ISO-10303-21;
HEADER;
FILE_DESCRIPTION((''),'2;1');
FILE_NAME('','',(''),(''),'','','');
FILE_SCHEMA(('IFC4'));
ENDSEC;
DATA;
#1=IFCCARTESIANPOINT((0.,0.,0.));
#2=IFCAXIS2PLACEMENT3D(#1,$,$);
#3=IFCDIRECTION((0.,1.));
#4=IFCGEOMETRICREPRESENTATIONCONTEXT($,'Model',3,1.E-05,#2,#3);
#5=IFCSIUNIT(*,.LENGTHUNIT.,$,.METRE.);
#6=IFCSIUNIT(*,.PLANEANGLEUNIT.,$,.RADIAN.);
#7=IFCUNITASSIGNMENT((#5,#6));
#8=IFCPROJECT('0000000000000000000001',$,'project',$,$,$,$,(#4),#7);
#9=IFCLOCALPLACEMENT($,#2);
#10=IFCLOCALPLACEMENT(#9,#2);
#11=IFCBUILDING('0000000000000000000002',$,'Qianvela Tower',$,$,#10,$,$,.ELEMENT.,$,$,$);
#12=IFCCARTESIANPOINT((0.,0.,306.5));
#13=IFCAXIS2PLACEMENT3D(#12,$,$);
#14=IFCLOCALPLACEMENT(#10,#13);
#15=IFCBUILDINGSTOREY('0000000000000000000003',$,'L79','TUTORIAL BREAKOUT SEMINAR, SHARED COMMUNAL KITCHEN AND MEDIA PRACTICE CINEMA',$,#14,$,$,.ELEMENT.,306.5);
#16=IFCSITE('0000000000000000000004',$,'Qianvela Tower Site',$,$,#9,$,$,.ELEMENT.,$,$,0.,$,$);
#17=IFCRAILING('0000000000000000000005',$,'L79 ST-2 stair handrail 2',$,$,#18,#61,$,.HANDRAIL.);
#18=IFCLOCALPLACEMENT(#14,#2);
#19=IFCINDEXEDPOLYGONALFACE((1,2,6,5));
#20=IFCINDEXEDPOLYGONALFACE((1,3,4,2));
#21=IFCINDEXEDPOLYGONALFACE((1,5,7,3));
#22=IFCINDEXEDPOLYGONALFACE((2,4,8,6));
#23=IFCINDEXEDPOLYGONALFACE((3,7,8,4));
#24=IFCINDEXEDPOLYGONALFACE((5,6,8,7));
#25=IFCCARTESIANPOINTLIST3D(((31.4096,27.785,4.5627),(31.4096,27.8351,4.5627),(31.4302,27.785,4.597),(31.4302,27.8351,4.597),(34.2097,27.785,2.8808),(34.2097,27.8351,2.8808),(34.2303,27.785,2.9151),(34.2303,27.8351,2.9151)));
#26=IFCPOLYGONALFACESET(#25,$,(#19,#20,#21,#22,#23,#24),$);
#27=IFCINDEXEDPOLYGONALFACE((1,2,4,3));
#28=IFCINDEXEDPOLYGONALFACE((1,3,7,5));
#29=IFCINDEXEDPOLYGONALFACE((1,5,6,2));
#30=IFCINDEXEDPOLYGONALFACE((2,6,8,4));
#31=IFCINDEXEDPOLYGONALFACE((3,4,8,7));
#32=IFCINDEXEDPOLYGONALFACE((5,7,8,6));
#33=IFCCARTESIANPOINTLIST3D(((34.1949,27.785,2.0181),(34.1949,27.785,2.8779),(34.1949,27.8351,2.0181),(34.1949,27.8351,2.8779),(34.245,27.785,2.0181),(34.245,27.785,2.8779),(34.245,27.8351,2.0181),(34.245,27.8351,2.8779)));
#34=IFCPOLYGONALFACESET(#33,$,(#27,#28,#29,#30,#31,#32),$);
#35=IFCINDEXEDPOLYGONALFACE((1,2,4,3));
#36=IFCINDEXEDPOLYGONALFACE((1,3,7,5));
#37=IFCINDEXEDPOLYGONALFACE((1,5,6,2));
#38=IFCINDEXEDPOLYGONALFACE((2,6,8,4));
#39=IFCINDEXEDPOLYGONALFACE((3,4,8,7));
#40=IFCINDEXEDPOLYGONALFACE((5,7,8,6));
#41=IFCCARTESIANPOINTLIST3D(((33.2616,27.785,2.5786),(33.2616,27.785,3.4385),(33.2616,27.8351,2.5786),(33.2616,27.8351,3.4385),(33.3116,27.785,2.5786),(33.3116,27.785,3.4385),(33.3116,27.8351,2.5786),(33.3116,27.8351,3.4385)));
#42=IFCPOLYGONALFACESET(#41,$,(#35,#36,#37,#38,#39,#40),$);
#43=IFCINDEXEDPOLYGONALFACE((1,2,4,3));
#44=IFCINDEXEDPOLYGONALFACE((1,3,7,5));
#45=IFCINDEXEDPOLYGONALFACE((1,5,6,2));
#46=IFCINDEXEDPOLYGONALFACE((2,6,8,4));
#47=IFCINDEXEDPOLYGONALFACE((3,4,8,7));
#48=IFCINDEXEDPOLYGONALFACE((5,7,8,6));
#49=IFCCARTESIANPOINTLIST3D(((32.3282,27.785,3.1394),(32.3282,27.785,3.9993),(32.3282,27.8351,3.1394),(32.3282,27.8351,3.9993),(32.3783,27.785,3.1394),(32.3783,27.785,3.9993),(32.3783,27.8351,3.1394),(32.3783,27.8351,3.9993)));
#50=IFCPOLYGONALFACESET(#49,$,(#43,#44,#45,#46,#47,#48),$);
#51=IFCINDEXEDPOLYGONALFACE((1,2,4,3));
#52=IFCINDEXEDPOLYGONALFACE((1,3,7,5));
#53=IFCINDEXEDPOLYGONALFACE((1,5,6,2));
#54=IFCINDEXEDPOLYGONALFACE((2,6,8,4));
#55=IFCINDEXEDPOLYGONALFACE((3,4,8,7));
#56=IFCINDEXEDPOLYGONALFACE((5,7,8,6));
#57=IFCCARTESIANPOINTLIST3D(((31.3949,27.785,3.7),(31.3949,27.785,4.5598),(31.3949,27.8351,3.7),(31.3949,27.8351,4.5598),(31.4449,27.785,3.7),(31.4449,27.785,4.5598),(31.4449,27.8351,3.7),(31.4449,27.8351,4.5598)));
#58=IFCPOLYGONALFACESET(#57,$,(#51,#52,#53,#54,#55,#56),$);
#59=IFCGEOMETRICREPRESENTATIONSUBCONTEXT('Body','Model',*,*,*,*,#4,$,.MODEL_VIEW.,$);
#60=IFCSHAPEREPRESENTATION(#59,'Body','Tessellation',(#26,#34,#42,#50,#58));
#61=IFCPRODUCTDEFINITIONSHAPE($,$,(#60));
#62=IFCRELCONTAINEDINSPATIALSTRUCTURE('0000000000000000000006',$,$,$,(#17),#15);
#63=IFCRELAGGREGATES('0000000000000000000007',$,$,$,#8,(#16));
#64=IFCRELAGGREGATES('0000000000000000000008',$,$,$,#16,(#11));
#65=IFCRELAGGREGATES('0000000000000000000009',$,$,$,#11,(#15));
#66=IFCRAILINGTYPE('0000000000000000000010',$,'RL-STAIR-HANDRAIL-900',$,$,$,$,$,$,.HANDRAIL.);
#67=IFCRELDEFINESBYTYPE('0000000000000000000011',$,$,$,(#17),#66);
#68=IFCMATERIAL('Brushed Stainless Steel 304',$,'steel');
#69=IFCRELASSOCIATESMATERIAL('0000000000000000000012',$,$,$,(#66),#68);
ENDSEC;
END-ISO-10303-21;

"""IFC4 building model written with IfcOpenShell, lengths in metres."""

from ifc_helpers import new_model, si_unit, direction, frame, origin, origin_2d, place, context, subcontext, project, spatial, rectangle, extrude, material, type_object, element, save


model = new_model("IFC4")

# Units and contexts
model_context = context("Model", 3, precision=1e-05, world=origin(), true_north=direction((0.0, 1.0)))
body_context = subcontext(model_context, "Body", "Model", "MODEL_VIEW")
ifc_project = project(units=[si_unit("LENGTHUNIT", "METRE"), si_unit("PLANEANGLEUNIT", "RADIAN")], contexts=[model_context])

# Site, building, storey
site_placement = place(None, origin())
site = spatial("IfcSite", under=ifc_project, at=site_placement, Name="Qianvela Tower Site", CompositionType="ELEMENT", RefElevation=0.0)
building_placement = place(site_placement, origin())
building = spatial("IfcBuilding", under=site, at=building_placement, Name="Qianvela Tower", CompositionType="ELEMENT")
storey_placement = place(building_placement, frame((0.0, 0.0, 306.5)))
storey = spatial("IfcBuildingStorey", under=building, at=storey_placement, Name="L79", Description="TUTORIAL BREAKOUT SEMINAR, SHARED COMMUNAL KITCHEN AND MEDIA PRACTICE CINEMA", CompositionType="ELEMENT", Elevation=306.5)

# Railing
ifc_material_1 = material(Name="Brushed Stainless Steel 304", Category="steel")
railing_type_1 = type_object("IfcRailingType", Name="RL-STAIR-HANDRAIL-900", PredefinedType="HANDRAIL", material=ifc_material_1)
for number, where, name in (
    (1, (34.22, 27.8101, 2.0181), "L79 ST-2 stair handrail 2"),
):
    element("IfcRailing", number, at=place(storey_placement, frame(where)), inside=storey, type_object=railing_type_1, Name=name, PredefinedType="HANDRAIL", context=body_context, shape_type="SweptSolid", body=[
        extrude(rectangle(XDim=0.05, YDim=0.04, at=origin_2d()), frame((0.0, 0.0, 0.8799), z_axis=(-0.857242, 0.0, 0.514913), x_axis=(0.0, -1.0, 0.0)), (0.0, 0.0, 1.0), 3.2664),
        extrude(rectangle(XDim=0.05, YDim=0.05, at=origin_2d()), origin(), (0.0, 0.0, 1.0), 0.8599),
        extrude(rectangle(XDim=0.05, YDim=0.05, at=origin_2d()), frame((-0.9333, 0.0, 0.5605)), (0.0, 0.0, 1.0), 0.8599),
        extrude(rectangle(XDim=0.05, YDim=0.05, at=origin_2d()), frame((-1.8667, 0.0, 1.1213)), (0.0, 0.0, 1.0), 0.8599),
        extrude(rectangle(XDim=0.05, YDim=0.05, at=origin_2d()), frame((-2.8, 0.0, 1.6819)), (0.0, 0.0, 1.0), 0.8599),
    ])

save(model, "model.ifc")
